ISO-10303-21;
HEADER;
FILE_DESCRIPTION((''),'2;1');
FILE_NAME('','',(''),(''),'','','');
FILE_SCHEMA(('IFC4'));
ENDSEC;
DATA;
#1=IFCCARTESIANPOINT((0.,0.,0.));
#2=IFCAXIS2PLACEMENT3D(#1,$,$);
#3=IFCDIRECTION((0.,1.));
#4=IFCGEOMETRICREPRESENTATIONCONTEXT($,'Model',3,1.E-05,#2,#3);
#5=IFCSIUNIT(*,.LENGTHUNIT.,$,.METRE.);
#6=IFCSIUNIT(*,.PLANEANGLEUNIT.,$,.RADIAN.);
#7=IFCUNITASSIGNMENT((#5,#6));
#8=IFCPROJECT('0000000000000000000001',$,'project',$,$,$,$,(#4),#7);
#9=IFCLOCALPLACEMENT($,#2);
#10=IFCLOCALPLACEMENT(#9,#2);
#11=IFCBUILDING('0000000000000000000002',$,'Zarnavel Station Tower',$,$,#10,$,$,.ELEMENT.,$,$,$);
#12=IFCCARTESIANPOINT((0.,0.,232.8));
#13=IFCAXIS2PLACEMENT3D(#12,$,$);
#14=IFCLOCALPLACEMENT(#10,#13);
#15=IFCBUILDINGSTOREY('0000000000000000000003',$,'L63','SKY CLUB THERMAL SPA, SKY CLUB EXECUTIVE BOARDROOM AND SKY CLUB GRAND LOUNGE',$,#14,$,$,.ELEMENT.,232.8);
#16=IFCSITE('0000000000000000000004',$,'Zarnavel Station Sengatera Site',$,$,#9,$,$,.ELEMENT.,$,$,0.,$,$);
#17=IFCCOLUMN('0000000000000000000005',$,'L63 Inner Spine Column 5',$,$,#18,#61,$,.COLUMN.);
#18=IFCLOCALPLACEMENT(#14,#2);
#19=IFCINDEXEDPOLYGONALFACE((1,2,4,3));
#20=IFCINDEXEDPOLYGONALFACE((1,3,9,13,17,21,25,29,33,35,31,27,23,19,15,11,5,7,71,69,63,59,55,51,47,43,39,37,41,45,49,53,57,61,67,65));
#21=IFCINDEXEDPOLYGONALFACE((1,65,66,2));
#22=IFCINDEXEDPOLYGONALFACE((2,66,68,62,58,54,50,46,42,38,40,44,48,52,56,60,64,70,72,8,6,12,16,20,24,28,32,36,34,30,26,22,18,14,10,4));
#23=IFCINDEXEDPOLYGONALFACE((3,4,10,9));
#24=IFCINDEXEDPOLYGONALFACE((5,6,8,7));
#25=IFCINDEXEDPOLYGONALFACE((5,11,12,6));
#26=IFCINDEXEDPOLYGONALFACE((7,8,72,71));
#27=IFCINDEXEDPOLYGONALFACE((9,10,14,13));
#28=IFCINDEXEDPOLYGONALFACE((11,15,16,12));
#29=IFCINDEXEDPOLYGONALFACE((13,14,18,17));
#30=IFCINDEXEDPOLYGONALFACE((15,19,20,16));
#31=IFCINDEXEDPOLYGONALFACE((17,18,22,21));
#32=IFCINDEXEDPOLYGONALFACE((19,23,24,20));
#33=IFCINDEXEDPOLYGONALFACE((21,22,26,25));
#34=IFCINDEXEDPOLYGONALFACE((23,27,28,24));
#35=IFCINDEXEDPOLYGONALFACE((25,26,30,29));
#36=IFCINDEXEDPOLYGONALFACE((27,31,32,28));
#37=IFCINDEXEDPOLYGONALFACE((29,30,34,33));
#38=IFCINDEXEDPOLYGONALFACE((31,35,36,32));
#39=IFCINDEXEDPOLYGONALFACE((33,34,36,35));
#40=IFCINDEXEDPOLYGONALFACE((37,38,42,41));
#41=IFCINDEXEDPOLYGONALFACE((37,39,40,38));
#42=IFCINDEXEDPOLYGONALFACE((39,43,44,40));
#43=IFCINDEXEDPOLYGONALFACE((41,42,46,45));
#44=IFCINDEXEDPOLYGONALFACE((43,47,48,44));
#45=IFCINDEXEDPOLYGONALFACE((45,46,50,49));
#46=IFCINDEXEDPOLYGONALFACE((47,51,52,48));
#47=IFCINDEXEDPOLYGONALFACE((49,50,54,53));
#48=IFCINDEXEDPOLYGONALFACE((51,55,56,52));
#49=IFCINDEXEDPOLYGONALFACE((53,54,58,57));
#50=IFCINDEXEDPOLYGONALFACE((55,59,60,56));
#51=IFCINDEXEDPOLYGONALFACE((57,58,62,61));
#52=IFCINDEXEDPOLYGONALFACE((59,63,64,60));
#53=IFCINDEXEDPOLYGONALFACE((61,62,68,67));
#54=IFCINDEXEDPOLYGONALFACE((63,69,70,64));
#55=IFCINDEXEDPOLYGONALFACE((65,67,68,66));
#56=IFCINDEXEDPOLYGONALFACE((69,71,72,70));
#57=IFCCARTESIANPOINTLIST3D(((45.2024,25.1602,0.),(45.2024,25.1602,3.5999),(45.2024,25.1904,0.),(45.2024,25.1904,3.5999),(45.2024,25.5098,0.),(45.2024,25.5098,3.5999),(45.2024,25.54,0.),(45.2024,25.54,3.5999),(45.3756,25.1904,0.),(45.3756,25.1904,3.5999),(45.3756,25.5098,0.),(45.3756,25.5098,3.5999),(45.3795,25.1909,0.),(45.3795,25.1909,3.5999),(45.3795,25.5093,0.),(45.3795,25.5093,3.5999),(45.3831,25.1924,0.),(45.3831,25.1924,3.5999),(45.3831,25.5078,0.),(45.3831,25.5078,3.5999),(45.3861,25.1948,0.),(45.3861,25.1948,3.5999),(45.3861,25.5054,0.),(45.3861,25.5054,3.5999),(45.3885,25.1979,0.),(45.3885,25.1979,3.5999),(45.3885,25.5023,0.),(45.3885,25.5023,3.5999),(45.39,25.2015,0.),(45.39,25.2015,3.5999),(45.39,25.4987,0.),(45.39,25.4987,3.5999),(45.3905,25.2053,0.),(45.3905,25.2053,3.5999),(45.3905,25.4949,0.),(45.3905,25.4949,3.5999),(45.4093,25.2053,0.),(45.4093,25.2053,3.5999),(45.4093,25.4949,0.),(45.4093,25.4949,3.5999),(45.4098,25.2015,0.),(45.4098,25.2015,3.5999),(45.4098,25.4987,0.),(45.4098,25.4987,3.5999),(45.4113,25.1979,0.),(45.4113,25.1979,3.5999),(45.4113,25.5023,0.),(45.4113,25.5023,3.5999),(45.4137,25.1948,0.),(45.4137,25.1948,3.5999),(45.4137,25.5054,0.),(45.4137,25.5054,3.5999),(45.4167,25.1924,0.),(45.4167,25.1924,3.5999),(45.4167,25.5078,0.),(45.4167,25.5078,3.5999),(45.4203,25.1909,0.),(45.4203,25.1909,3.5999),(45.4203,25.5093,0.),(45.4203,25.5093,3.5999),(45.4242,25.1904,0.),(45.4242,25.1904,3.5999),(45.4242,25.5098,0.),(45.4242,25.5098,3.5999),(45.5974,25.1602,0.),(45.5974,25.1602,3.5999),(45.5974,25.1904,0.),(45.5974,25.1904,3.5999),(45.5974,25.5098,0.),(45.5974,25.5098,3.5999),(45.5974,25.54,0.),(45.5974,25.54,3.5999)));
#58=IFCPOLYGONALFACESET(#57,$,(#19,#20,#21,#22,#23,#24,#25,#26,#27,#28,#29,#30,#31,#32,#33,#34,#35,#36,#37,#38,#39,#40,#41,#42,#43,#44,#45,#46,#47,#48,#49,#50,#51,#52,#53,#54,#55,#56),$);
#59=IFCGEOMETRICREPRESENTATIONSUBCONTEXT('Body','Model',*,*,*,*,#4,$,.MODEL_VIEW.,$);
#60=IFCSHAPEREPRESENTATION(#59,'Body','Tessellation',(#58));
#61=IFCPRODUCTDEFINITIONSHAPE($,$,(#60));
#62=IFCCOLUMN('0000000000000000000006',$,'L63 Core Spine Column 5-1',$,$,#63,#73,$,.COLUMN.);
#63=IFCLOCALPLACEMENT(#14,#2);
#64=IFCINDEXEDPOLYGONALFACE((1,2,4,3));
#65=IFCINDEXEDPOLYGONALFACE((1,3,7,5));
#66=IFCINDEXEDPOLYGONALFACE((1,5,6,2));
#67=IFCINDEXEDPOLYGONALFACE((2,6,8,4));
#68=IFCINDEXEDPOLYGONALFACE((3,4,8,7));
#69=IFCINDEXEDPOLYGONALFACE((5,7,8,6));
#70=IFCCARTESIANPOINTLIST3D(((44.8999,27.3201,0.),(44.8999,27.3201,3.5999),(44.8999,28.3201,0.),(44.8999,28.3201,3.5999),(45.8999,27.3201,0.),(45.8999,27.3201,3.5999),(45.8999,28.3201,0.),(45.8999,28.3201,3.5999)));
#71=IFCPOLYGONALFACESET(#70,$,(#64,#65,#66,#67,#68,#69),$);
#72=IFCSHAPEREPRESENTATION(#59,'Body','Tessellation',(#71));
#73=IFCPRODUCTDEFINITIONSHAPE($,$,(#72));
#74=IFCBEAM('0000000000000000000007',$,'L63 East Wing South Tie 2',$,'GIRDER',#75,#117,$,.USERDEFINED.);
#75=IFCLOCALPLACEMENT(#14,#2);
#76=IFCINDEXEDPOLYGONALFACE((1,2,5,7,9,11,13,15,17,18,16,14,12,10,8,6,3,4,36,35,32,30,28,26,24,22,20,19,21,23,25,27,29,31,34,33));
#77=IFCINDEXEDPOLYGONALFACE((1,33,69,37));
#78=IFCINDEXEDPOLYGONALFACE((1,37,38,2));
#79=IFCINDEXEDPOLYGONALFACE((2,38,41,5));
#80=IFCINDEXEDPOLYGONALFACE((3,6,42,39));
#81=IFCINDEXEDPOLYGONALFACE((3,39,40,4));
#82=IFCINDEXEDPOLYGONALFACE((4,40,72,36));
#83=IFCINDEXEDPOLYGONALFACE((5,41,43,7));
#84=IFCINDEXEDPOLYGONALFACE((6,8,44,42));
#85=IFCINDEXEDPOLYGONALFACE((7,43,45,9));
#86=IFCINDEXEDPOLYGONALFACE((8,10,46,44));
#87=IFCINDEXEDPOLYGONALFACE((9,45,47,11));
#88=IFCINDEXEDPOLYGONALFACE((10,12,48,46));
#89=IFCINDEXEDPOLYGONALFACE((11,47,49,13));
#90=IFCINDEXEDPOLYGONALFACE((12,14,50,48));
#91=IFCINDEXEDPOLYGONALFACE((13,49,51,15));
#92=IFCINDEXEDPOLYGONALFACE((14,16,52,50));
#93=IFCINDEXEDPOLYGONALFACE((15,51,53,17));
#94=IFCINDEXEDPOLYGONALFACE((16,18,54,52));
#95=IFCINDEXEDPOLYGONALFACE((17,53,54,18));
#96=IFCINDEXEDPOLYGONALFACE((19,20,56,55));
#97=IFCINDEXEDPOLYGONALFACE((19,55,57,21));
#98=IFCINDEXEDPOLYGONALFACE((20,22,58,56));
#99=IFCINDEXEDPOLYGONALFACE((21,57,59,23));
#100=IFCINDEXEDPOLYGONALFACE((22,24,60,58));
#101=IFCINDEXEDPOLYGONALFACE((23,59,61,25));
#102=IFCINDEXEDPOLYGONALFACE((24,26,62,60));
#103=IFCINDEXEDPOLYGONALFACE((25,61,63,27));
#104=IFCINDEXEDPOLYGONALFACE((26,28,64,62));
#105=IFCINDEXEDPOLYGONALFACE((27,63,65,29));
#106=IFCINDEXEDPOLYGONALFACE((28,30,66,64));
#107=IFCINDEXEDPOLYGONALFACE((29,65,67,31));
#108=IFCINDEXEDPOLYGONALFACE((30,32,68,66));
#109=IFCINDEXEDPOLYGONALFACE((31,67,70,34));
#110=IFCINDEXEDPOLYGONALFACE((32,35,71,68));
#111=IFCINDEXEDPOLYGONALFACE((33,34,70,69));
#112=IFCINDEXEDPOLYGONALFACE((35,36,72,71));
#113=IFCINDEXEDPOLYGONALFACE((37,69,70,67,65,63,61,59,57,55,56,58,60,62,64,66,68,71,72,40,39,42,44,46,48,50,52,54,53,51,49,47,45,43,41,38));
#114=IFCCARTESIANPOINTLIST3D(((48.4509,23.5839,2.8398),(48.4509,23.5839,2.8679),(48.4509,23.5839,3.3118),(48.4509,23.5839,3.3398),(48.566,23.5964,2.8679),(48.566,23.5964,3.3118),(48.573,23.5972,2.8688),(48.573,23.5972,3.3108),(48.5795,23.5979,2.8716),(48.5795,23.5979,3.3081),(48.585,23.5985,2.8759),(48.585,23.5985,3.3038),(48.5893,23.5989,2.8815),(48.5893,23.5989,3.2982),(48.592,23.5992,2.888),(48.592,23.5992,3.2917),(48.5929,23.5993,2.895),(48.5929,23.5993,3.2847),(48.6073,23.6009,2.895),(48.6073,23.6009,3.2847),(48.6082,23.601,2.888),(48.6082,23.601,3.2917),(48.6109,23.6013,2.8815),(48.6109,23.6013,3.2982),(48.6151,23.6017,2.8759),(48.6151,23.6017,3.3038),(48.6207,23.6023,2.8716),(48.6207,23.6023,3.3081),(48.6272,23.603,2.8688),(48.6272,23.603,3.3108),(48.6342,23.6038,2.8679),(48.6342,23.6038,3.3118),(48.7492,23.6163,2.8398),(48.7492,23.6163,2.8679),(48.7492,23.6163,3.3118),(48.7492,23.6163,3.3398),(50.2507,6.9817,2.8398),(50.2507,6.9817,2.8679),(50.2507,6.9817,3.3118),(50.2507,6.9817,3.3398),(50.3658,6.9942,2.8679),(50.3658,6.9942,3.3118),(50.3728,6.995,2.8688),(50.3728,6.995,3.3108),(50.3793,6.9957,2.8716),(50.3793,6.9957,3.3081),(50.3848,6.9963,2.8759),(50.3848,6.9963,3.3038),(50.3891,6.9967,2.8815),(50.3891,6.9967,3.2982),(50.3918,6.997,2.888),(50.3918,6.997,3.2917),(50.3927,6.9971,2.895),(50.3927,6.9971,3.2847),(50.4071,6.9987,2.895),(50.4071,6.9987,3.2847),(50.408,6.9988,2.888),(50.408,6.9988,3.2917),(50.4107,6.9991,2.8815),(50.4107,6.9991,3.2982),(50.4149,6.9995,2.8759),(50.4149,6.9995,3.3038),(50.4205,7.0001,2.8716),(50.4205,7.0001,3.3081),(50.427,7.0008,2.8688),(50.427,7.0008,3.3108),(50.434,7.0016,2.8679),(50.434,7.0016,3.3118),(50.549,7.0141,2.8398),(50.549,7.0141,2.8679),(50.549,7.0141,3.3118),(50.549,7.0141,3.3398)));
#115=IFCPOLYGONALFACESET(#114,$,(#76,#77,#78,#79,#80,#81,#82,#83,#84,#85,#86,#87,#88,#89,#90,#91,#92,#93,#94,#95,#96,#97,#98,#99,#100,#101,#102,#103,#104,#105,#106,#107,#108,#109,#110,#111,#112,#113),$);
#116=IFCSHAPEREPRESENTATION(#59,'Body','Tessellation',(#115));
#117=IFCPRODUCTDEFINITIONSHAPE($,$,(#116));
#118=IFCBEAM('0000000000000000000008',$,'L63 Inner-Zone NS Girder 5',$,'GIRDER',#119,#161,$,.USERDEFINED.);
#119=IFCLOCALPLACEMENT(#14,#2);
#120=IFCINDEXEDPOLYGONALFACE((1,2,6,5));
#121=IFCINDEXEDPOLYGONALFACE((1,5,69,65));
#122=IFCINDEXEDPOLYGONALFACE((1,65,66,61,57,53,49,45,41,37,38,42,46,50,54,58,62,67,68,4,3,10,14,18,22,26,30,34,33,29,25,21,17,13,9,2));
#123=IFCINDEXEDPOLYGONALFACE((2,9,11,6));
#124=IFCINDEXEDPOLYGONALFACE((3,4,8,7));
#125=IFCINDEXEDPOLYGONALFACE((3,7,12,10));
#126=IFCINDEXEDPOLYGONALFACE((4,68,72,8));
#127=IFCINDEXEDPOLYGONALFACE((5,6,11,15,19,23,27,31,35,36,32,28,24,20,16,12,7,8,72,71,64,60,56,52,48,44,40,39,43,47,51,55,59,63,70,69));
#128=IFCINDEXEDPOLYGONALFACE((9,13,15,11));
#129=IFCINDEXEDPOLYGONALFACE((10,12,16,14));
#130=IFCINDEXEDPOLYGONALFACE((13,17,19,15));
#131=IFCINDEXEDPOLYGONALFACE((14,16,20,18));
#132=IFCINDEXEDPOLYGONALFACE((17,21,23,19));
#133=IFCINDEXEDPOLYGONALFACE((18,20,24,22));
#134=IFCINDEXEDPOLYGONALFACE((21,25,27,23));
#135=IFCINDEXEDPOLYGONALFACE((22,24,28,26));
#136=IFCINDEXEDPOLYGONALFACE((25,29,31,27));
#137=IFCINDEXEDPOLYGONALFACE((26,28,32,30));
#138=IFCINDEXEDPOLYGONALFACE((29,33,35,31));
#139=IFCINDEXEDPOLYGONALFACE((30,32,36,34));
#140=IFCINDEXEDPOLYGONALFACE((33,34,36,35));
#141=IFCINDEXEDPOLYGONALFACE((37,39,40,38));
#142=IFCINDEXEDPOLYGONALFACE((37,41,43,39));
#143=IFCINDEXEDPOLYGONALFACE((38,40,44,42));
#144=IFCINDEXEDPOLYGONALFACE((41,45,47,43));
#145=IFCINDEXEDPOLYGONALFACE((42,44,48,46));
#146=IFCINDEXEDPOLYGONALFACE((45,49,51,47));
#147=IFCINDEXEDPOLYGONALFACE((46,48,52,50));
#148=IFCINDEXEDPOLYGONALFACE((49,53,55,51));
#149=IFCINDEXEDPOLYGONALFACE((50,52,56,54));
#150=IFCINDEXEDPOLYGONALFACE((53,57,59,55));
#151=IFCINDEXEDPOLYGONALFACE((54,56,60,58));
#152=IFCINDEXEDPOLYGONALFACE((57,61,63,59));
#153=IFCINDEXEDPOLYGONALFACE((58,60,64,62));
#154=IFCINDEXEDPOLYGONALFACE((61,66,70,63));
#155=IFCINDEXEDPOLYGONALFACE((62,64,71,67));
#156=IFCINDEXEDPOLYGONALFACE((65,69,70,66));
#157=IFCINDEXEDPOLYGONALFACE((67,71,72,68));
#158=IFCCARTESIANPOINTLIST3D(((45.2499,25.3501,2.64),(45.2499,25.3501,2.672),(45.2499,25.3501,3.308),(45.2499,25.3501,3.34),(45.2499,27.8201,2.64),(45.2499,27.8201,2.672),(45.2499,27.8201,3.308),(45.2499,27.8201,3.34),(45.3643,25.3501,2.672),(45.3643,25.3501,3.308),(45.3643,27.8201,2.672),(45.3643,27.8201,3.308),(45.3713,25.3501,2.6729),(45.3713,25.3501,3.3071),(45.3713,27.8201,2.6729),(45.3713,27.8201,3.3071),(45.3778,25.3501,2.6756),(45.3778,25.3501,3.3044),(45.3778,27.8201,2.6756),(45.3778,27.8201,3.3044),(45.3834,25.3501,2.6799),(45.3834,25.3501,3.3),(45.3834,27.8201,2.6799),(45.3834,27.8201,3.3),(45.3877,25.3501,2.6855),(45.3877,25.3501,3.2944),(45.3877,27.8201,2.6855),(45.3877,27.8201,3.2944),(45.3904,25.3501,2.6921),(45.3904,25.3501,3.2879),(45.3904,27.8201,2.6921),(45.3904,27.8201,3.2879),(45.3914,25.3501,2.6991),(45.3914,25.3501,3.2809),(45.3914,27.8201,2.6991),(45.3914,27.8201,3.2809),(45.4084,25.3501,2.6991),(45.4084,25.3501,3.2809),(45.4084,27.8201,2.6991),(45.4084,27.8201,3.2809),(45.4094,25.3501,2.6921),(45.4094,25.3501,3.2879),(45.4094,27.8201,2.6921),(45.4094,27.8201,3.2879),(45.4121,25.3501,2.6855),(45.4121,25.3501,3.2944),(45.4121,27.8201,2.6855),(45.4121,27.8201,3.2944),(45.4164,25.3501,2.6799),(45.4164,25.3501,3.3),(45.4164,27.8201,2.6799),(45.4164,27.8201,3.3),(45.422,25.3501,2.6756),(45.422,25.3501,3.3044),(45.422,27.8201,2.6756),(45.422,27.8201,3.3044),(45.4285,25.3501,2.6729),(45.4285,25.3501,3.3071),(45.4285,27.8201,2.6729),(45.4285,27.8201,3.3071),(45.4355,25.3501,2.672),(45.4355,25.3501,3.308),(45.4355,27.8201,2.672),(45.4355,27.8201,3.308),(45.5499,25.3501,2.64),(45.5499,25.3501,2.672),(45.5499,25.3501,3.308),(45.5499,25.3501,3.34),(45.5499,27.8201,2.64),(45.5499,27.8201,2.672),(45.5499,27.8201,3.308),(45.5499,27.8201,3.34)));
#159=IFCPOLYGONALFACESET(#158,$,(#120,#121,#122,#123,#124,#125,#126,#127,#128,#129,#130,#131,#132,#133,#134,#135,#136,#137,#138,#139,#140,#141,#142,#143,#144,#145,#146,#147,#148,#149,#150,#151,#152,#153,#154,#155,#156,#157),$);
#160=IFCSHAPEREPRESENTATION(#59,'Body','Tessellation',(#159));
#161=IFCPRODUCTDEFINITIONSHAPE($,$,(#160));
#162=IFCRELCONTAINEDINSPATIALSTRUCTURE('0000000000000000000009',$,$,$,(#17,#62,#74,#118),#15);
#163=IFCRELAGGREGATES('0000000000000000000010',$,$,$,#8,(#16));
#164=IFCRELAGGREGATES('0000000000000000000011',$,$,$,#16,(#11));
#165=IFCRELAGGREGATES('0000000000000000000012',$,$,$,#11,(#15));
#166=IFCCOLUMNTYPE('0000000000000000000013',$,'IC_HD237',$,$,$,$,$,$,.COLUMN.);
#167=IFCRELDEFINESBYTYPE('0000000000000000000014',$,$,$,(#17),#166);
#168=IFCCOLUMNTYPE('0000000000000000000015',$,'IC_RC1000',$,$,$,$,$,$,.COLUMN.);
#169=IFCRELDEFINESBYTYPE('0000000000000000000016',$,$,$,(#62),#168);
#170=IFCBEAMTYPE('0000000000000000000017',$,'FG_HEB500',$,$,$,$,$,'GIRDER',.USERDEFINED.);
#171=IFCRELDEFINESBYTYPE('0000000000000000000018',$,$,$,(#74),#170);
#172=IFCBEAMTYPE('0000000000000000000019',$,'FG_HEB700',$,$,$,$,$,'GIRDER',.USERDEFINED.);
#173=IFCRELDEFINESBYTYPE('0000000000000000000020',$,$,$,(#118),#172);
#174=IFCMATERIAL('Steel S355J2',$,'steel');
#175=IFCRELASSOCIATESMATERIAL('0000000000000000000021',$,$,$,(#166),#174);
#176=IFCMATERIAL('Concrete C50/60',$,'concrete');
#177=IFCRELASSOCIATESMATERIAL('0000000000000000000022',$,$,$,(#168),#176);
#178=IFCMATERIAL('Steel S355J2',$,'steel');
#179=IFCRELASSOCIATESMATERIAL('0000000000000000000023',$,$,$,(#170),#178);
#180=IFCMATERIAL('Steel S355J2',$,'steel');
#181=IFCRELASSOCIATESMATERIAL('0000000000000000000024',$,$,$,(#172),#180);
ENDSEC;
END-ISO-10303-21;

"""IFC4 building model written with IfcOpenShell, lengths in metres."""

from ifc_helpers import new_model, si_unit, direction, frame, origin, origin_2d, place, context, subcontext, project, spatial, rectangle, i_section, extrude, material, material_profile, profile_set, type_object, element, save


model = new_model("IFC4")

# Units and contexts
model_context = context("Model", 3, precision=1e-05, world=origin(), true_north=direction((0.0, 1.0)))
body_context = subcontext(model_context, "Body", "Model", "MODEL_VIEW")
ifc_project = project(units=[si_unit("LENGTHUNIT", "METRE"), si_unit("PLANEANGLEUNIT", "RADIAN")], contexts=[model_context])

# Site, building, storey
site_placement = place(None, origin())
site = spatial("IfcSite", under=ifc_project, at=site_placement, Name="Zarnavel Station Sengatera Site", CompositionType="ELEMENT", RefElevation=0.0)
building_placement = place(site_placement, origin())
building = spatial("IfcBuilding", under=site, at=building_placement, Name="Zarnavel Station Tower", CompositionType="ELEMENT")
storey_placement = place(building_placement, frame((0.0, 0.0, 232.8)))
storey = spatial("IfcBuildingStorey", under=building, at=storey_placement, Name="L63", Description="SKY CLUB THERMAL SPA, SKY CLUB EXECUTIVE BOARDROOM AND SKY CLUB GRAND LOUNGE", CompositionType="ELEMENT", Elevation=232.8)

# Columns
ifc_material_1 = material(Name="Steel S355J2", Category="steel")
ifc_material_profile_1 = material_profile(ifc_material_1, i_section(OverallWidth=0.395, OverallDepth=0.3799, WebThickness=0.0188, FlangeThickness=0.0303, FilletRadius=0.0149, at=origin_2d()), Name="HD400x237")
ifc_profile_set_1 = profile_set([ifc_material_profile_1], Name="Steel S355J2")
column_type_1 = type_object("IfcColumnType", Name="IC_HD237", PredefinedType="COLUMN", material=ifc_profile_set_1)
column_1_placement = place(storey_placement, frame((45.3999, 25.3501, 0.0), z_axis=(0.0, 0.0, 1.0), x_axis=(1.0, 0.0, 0.0)))
element("IfcColumn", 1, at=column_1_placement, inside=storey, type_object=column_type_1, Name="L63 Inner Spine Column 5", PredefinedType="COLUMN", context=body_context, shape_type="SweptSolid", body=[
    extrude(i_section(OverallWidth=0.395, OverallDepth=0.3799, WebThickness=0.0188, FlangeThickness=0.0303, FilletRadius=0.0149, at=origin_2d()), origin(), (0.0, 0.0, 1.0), 3.5999),
])
ifc_material_2 = material(Name="Concrete C50/60", Category="concrete")
ifc_material_profile_2 = material_profile(ifc_material_2, rectangle(XDim=1.0, YDim=1.0, at=origin_2d()), Name="RC1000x1000")
ifc_profile_set_2 = profile_set([ifc_material_profile_2], Name="Concrete C50/60")
column_type_2 = type_object("IfcColumnType", Name="IC_RC1000", PredefinedType="COLUMN", material=ifc_profile_set_2)
column_2_placement = place(storey_placement, frame((45.3999, 27.8201, 0.0), z_axis=(0.0, 0.0, 1.0), x_axis=(1.0, 0.0, 0.0)))
element("IfcColumn", 2, at=column_2_placement, inside=storey, type_object=column_type_2, Name="L63 Core Spine Column 5-1", PredefinedType="COLUMN", context=body_context, shape_type="SweptSolid", body=[
    extrude(rectangle(XDim=1.0, YDim=1.0, at=origin_2d()), origin(), (0.0, 0.0, 1.0), 3.5999),
])

# Beams
ifc_material_3 = material(Name="Steel S355J2", Category="steel")
ifc_material_profile_3 = material_profile(ifc_material_3, i_section(OverallWidth=0.3, OverallDepth=0.5, WebThickness=0.0144, FlangeThickness=0.0281, FilletRadius=0.0271, at=origin_2d()), Name="HEB500")
ifc_profile_set_3 = profile_set([ifc_material_profile_3], Name="Steel S355J2")
beam_type_1 = type_object("IfcBeamType", Name="FG_HEB500", ElementType="GIRDER", PredefinedType="USERDEFINED", material=ifc_profile_set_3)
beam_1_placement = place(storey_placement, frame((48.6001, 23.6001, 3.0898), z_axis=(0.107776, -0.994175, 0.0), x_axis=(0.994175, 0.107776, 0.0)))
element("IfcBeam", 3, at=beam_1_placement, inside=storey, type_object=beam_type_1, Name="L63 East Wing South Tie 2", ObjectType="GIRDER", PredefinedType="USERDEFINED", context=body_context, shape_type="SweptSolid", body=[
    extrude(i_section(OverallWidth=0.3, OverallDepth=0.5, WebThickness=0.0144, FlangeThickness=0.0281, FilletRadius=0.0271, at=origin_2d()), origin(), (0.0, 0.0, 1.0), 16.6995),
])
ifc_material_4 = material(Name="Steel S355J2", Category="steel")
ifc_material_profile_4 = material_profile(ifc_material_4, i_section(OverallWidth=0.3, OverallDepth=0.7, WebThickness=0.0171, FlangeThickness=0.032, FilletRadius=0.0271, at=origin_2d()), Name="HEB700")
ifc_profile_set_4 = profile_set([ifc_material_profile_4], Name="Steel S355J2")
beam_type_2 = type_object("IfcBeamType", Name="FG_HEB700", ElementType="GIRDER", PredefinedType="USERDEFINED", material=ifc_profile_set_4)
beam_2_placement = place(storey_placement, frame((45.3999, 25.3501, 2.99), z_axis=(0.0, 1.0, 0.0), x_axis=(-1.0, 0.0, 0.0)))
element("IfcBeam", 4, at=beam_2_placement, inside=storey, type_object=beam_type_2, Name="L63 Inner-Zone NS Girder 5", ObjectType="GIRDER", PredefinedType="USERDEFINED", context=body_context, shape_type="SweptSolid", body=[
    extrude(i_section(OverallWidth=0.3, OverallDepth=0.7, WebThickness=0.0171, FlangeThickness=0.032, FilletRadius=0.0271, at=origin_2d()), origin(), (0.0, 0.0, 1.0), 2.47),
])

save(model, "model.ifc")
